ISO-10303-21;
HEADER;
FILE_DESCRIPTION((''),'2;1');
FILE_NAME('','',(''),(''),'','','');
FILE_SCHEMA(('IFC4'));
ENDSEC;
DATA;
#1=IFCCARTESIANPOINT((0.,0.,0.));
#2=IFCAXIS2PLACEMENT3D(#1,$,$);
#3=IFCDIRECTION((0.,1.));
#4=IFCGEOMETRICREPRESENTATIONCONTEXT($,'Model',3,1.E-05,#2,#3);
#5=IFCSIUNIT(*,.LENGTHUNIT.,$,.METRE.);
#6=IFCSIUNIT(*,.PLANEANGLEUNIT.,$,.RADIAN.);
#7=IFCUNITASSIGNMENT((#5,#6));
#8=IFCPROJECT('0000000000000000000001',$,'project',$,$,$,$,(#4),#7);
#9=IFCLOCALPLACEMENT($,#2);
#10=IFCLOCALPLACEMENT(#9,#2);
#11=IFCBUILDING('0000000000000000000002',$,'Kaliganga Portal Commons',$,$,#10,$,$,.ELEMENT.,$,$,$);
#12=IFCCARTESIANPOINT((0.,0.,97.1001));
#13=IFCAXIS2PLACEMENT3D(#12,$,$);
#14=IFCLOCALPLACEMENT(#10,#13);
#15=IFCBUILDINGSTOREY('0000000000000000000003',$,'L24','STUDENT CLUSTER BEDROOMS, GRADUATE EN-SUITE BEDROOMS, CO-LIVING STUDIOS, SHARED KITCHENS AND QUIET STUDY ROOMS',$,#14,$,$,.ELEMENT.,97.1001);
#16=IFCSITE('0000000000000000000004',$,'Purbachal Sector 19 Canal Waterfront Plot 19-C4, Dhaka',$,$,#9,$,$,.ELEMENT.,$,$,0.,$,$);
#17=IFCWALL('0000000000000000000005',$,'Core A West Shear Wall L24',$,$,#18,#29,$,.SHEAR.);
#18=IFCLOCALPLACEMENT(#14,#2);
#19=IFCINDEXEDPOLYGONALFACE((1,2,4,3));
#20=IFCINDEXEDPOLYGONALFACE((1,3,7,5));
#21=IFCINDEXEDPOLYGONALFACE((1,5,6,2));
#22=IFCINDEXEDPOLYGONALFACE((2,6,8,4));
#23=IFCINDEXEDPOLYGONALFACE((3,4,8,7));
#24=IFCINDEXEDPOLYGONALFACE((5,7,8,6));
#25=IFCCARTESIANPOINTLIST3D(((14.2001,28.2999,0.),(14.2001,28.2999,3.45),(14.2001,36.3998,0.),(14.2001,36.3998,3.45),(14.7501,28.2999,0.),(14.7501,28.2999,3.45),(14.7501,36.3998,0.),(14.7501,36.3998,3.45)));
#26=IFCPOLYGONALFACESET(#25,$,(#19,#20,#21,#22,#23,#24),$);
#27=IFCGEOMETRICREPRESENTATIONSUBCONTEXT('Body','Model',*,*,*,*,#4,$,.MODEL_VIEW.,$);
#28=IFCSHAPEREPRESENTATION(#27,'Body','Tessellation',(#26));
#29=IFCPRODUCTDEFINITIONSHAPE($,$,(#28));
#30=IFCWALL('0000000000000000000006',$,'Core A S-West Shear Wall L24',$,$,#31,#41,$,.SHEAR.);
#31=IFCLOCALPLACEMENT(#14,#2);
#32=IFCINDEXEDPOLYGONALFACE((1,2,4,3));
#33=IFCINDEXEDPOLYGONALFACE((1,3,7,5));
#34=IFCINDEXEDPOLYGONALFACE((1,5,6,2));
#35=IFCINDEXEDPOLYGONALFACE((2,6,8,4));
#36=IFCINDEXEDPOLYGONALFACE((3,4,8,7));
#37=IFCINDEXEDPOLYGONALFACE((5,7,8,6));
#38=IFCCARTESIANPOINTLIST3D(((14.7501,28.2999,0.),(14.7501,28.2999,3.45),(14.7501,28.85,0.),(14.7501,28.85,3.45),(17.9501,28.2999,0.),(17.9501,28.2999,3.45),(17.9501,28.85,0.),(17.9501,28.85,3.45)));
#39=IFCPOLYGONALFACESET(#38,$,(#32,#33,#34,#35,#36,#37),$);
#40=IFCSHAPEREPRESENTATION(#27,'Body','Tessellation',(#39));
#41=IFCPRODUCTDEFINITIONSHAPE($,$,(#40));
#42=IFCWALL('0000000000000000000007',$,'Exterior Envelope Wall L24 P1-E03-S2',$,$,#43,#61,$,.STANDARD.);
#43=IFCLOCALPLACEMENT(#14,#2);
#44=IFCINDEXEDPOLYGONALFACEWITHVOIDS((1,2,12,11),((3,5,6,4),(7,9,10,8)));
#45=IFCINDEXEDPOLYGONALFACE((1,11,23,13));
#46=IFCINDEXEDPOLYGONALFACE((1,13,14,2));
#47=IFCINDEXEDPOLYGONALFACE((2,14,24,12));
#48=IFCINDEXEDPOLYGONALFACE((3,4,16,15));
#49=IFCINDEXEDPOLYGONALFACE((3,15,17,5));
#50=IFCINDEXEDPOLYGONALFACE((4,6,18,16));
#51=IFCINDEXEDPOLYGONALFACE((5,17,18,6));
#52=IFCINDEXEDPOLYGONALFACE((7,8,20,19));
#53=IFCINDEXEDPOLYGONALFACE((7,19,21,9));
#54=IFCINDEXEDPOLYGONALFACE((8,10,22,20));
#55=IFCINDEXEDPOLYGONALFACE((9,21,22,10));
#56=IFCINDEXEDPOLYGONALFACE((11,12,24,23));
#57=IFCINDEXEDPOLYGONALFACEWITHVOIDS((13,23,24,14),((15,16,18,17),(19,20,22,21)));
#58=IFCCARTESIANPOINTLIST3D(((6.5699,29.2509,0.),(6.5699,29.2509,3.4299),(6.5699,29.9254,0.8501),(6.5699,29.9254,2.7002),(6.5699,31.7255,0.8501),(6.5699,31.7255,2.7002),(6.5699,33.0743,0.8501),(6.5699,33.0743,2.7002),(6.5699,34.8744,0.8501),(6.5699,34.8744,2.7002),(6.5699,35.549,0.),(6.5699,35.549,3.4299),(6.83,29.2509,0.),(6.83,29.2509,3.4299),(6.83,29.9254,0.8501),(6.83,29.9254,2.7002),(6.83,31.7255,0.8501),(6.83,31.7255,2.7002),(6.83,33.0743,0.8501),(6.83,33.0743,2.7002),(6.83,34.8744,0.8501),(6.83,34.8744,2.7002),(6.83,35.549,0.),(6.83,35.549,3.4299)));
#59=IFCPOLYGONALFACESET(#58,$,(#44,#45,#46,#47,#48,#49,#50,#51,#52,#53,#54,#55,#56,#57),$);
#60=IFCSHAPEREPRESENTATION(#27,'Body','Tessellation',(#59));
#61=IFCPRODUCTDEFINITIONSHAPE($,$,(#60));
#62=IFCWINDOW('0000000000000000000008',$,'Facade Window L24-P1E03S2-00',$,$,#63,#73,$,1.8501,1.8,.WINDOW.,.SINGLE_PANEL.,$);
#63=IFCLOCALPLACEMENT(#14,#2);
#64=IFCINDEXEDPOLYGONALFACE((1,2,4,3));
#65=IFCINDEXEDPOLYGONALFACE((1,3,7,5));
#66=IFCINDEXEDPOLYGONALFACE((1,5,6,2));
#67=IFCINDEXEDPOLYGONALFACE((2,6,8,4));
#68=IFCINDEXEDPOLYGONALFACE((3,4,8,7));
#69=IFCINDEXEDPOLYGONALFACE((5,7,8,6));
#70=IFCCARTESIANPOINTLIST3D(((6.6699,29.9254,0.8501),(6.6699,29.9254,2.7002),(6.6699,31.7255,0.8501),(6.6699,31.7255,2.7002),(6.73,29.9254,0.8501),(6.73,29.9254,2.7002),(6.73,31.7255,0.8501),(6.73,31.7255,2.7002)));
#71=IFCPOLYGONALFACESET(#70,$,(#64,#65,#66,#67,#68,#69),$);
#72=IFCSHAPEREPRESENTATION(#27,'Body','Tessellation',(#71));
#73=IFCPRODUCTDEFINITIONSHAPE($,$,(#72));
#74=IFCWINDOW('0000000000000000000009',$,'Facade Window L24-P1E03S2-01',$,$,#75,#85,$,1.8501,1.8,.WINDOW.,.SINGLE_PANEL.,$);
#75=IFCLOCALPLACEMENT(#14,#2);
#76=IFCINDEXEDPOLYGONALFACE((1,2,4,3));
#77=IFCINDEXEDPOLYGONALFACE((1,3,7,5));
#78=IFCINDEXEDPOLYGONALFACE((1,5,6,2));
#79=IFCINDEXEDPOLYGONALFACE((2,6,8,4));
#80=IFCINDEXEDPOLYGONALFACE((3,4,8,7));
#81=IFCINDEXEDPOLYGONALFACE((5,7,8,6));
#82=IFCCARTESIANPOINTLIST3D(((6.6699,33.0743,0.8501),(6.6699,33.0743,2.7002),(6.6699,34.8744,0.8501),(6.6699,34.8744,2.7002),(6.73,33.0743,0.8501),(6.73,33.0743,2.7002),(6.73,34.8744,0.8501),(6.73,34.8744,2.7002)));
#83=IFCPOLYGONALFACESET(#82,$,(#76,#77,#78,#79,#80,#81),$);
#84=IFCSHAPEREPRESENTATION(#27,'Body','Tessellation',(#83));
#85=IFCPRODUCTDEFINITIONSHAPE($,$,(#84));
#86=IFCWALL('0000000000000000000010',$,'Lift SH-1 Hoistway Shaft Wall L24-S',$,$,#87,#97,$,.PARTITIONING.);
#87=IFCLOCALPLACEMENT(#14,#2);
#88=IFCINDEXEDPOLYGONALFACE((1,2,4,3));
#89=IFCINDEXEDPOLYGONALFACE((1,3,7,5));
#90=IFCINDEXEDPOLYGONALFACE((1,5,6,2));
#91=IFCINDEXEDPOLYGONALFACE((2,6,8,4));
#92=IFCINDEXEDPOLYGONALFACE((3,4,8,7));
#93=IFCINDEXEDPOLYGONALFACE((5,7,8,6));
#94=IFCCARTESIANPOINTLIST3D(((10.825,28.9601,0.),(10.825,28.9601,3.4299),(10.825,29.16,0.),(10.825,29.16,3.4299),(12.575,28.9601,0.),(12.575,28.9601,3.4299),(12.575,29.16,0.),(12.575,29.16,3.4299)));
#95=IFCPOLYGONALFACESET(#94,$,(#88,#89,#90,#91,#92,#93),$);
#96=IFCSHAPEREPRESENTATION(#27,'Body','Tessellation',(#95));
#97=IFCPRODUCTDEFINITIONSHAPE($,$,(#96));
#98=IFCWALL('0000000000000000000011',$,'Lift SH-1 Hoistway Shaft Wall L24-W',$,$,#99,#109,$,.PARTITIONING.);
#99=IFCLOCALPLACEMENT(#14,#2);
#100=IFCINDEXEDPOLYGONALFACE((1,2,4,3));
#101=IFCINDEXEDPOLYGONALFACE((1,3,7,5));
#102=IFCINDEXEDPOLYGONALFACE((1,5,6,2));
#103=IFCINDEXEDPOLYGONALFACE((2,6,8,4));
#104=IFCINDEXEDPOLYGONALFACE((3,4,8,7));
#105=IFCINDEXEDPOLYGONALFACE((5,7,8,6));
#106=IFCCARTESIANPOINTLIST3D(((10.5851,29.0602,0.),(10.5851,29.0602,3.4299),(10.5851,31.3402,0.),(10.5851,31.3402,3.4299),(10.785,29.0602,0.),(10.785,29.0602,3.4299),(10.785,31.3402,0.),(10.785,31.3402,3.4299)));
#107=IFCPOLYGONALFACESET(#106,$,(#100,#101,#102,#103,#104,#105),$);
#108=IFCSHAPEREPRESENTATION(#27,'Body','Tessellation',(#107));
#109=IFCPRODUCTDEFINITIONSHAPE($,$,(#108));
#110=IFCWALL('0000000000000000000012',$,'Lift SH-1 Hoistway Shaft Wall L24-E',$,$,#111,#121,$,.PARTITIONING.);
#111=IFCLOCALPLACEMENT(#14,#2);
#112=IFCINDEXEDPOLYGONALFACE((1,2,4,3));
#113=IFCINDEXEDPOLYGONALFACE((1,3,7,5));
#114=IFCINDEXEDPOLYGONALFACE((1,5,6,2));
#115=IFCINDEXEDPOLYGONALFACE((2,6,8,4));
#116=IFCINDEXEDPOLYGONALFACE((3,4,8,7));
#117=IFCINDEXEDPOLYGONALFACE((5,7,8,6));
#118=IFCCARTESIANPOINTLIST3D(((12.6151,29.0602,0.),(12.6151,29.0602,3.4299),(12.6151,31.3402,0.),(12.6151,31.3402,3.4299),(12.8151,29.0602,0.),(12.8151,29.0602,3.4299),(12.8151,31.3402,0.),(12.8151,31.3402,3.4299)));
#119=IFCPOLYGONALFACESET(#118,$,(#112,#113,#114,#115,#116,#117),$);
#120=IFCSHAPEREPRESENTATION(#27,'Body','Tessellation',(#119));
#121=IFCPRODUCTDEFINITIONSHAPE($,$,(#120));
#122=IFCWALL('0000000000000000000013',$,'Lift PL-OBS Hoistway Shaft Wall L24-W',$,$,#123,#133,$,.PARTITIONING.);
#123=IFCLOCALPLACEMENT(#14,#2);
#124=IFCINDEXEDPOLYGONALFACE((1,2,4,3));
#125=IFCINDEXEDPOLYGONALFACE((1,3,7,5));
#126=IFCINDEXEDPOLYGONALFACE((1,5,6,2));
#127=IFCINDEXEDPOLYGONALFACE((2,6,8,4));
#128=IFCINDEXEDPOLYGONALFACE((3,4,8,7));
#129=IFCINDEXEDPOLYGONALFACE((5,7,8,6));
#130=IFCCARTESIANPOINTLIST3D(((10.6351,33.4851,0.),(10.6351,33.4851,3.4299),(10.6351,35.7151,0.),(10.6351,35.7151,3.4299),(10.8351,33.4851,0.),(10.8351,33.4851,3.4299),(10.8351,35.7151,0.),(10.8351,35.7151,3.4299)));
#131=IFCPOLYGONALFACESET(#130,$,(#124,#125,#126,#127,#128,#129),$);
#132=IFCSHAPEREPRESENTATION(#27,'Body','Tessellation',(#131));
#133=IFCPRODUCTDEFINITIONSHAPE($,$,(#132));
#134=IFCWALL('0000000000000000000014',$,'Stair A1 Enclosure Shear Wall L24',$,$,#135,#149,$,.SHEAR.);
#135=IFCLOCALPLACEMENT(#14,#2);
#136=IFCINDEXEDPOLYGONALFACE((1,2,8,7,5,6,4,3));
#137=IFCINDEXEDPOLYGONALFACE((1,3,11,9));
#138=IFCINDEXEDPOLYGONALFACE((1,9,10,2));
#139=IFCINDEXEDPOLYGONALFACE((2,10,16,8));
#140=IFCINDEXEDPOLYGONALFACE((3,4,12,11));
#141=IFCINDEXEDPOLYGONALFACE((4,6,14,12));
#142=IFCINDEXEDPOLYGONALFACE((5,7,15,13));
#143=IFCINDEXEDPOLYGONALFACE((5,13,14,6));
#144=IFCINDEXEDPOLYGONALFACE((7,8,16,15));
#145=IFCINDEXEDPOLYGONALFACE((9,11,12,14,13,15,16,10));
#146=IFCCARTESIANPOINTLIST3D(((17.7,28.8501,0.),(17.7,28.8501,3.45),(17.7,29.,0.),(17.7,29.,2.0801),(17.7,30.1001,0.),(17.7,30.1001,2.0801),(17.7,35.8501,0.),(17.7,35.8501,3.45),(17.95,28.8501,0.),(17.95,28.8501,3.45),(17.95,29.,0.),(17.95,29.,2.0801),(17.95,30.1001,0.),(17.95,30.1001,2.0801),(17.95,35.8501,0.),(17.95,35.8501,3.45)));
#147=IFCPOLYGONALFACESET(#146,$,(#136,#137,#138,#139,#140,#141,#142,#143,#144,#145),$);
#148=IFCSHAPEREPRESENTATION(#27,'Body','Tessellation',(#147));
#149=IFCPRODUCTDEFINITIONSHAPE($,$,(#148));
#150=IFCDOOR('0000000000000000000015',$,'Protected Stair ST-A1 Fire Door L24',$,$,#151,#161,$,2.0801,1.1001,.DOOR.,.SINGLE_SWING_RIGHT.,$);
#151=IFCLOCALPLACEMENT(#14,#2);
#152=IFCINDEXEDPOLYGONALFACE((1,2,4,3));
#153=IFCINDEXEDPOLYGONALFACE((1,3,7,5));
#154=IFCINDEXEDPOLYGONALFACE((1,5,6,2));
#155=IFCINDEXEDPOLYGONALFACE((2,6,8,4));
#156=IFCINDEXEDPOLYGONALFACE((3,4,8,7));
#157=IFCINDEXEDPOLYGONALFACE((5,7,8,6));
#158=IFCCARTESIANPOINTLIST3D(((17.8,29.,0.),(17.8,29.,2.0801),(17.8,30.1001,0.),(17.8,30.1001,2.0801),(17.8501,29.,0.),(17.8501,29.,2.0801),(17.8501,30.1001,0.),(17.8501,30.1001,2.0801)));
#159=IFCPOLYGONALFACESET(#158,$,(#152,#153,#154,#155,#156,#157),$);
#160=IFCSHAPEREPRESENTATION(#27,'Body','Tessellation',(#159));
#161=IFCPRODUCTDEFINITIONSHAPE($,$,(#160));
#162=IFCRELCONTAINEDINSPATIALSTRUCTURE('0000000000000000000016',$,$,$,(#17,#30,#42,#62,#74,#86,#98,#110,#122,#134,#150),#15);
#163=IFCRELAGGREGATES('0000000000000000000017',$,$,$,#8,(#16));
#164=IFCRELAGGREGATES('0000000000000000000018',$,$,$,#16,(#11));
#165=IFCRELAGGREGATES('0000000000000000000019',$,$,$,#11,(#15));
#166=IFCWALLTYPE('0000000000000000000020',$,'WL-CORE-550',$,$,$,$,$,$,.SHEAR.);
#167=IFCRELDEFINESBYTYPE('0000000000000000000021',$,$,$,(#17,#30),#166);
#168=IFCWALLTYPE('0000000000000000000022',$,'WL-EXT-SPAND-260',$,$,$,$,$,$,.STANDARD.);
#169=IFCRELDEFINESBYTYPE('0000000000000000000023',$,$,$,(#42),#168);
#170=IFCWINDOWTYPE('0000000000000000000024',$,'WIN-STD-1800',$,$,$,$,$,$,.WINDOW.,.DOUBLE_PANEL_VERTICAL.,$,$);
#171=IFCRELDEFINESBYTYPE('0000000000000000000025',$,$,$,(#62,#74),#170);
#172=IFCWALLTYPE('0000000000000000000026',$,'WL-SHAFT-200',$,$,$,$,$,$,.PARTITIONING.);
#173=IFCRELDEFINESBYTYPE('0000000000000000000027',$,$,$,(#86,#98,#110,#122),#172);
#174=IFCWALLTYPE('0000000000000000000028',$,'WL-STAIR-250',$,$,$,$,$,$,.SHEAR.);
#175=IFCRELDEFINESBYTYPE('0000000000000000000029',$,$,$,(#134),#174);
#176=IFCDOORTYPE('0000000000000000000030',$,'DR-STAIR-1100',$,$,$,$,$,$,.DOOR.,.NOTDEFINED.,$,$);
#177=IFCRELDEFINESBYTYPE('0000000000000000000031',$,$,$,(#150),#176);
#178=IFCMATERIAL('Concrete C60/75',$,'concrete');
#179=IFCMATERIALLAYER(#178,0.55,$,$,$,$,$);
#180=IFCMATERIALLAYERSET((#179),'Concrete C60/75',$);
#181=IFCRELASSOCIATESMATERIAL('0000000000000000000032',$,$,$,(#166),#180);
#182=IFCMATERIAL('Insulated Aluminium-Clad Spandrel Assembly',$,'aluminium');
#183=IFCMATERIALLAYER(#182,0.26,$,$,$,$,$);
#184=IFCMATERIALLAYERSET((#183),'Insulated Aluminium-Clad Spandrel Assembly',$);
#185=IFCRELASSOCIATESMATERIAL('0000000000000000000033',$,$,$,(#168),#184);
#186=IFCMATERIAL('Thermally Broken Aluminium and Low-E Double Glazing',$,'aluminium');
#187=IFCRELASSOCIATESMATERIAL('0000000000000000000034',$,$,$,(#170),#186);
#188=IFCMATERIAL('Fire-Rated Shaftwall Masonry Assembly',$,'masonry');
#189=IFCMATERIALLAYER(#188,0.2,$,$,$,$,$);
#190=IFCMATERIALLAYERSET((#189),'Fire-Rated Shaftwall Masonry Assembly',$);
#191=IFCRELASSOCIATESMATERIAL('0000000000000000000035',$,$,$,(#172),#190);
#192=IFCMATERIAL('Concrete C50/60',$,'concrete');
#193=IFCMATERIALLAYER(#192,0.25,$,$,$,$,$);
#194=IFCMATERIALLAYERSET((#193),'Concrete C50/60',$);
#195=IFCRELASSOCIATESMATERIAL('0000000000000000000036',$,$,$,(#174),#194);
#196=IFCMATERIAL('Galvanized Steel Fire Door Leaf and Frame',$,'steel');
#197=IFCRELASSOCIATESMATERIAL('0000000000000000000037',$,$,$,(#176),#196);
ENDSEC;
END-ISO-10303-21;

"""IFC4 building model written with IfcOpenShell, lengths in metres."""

from ifc_helpers import new_model, si_unit, direction, frame, frame_2d, origin, place, context, subcontext, project, spatial, rectangle, extrude, material, layer, layer_set, type_object, element, fill, save


model = new_model("IFC4")

# Units and contexts
model_context = context("Model", 3, precision=1e-05, world=origin(), true_north=direction((0.0, 1.0)))
body_context = subcontext(model_context, "Body", "Model", "MODEL_VIEW")
ifc_project = project(units=[si_unit("LENGTHUNIT", "METRE"), si_unit("PLANEANGLEUNIT", "RADIAN")], contexts=[model_context])

# Site, building, storey
site_placement = place(None, origin())
site = spatial("IfcSite", under=ifc_project, at=site_placement, Name="Purbachal Sector 19 Canal Waterfront Plot 19-C4, Dhaka", CompositionType="ELEMENT", RefElevation=0.0)
building_placement = place(site_placement, origin())
building = spatial("IfcBuilding", under=site, at=building_placement, Name="Kaliganga Portal Commons", CompositionType="ELEMENT")
storey_placement = place(building_placement, frame((0.0, 0.0, 97.1001)))
storey = spatial("IfcBuildingStorey", under=building, at=storey_placement, Name="L24", Description="STUDENT CLUSTER BEDROOMS, GRADUATE EN-SUITE BEDROOMS, CO-LIVING STUDIOS, SHARED KITCHENS AND QUIET STUDY ROOMS", CompositionType="ELEMENT", Elevation=97.1001)

# Shared definitions
ifc_material_1 = material(Name="Concrete C60/75", Category="concrete")

# Shared definitions
ifc_material_2 = material(Name="Concrete C50/60", Category="concrete")

# Walls
ifc_layer_1 = layer(ifc_material_1, 0.55)
ifc_layer_set_1 = layer_set([ifc_layer_1], Name="Concrete C60/75")
wall_type_1 = type_object("IfcWallType", Name="WL-CORE-550", PredefinedType="SHEAR", material=ifc_layer_set_1)
wall_1_placement = place(storey_placement, frame((14.4751, 28.3, 0.0), z_axis=(0.0, 0.0, 1.0), x_axis=(0.0, 1.0, 0.0)))
element("IfcWall", 1, at=wall_1_placement, inside=storey, type_object=wall_type_1, Name="Core A West Shear Wall L24", PredefinedType="SHEAR", context=body_context, shape_type="SweptSolid", body=[
    extrude(rectangle(XDim=8.0999, YDim=0.55, at=frame_2d((4.0498, 0.0))), origin(), (0.0, 0.0, 1.0), 3.45),
])
wall_2_placement = place(storey_placement, frame((14.75, 28.575, 0.0), z_axis=(0.0, 0.0, 1.0), x_axis=(1.0, 0.0, 0.0)))
element("IfcWall", 2, at=wall_2_placement, inside=storey, type_object=wall_type_1, Name="Core A S-West Shear Wall L24", PredefinedType="SHEAR", context=body_context, shape_type="SweptSolid", body=[
    extrude(rectangle(XDim=3.2, YDim=0.55, at=frame_2d((1.6001, 0.0))), origin(), (0.0, 0.0, 1.0), 3.45),
])

# Wall, openings, windows
ifc_material_3 = material(Name="Insulated Aluminium-Clad Spandrel Assembly", Category="aluminium")
ifc_layer_2 = layer(ifc_material_3, 0.26)
ifc_layer_set_2 = layer_set([ifc_layer_2], Name="Insulated Aluminium-Clad Spandrel Assembly")
wall_type_2 = type_object("IfcWallType", Name="WL-EXT-SPAND-260", PredefinedType="STANDARD", material=ifc_layer_set_2)
wall_3_placement = place(storey_placement, frame((6.7, 29.251, 0.0), z_axis=(0.0, 0.0, 1.0), x_axis=(0.0, 1.0, 0.0)))
wall_3 = element("IfcWall", 3, at=wall_3_placement, inside=storey, type_object=wall_type_2, Name="Exterior Envelope Wall L24 P1-E03-S2", PredefinedType="STANDARD", context=body_context, shape_type="SweptSolid", body=[
    extrude(rectangle(XDim=6.2981, YDim=0.26, at=frame_2d((3.1489, 0.0))), origin(), (0.0, 0.0, 1.0), 3.4299),
])
opening_1_placement = place(wall_3_placement, frame((0.6746, 0.0, 0.8501)))
opening_1 = element("IfcOpeningElement", 4, at=opening_1_placement, cuts=wall_3, PredefinedType="OPENING", context=body_context, shape_type="SweptSolid", body=[
    extrude(rectangle(XDim=1.8, YDim=1.8501, at=frame_2d((0.8999, 0.925))), frame((0.0, 0.1401, 0.0), z_axis=(0.0, -1.0, 0.0), x_axis=(1.0, 0.0, 0.0)), (0.0, 0.0, 1.0), 0.28),
])
opening_2_placement = place(wall_3_placement, frame((3.8235, 0.0, 0.8501)))
opening_2 = element("IfcOpeningElement", 5, at=opening_2_placement, cuts=wall_3, PredefinedType="OPENING", context=body_context, shape_type="SweptSolid", body=[
    extrude(rectangle(XDim=1.8, YDim=1.8501, at=frame_2d((0.8999, 0.925))), frame((0.0, 0.1401, 0.0), z_axis=(0.0, -1.0, 0.0), x_axis=(1.0, 0.0, 0.0)), (0.0, 0.0, 1.0), 0.28),
])
ifc_material_4 = material(Name="Thermally Broken Aluminium and Low-E Double Glazing", Category="aluminium")
window_type = type_object("IfcWindowType", Name="WIN-STD-1800", PartitioningType="DOUBLE_PANEL_VERTICAL", PredefinedType="WINDOW", material=ifc_material_4)
window_1_placement = place(opening_1_placement, origin())
window_1 = element("IfcWindow", 6, at=window_1_placement, inside=storey, type_object=window_type, Name="Facade Window L24-P1E03S2-00", OverallHeight=1.8501, OverallWidth=1.8, PartitioningType="SINGLE_PANEL", PredefinedType="WINDOW", context=body_context, shape_type="SweptSolid", body=[
    extrude(rectangle(XDim=1.8, YDim=1.8501, at=frame_2d((0.8999, 0.925))), frame((0.0, 0.03, 0.0), z_axis=(0.0, -1.0, 0.0), x_axis=(1.0, 0.0, 0.0)), (0.0, 0.0, 1.0), 0.0601),
])
fill(opening_1, window_1)
window_2_placement = place(opening_2_placement, origin())
window_2 = element("IfcWindow", 7, at=window_2_placement, inside=storey, type_object=window_type, Name="Facade Window L24-P1E03S2-01", OverallHeight=1.8501, OverallWidth=1.8, PartitioningType="SINGLE_PANEL", PredefinedType="WINDOW", context=body_context, shape_type="SweptSolid", body=[
    extrude(rectangle(XDim=1.8, YDim=1.8501, at=frame_2d((0.8999, 0.925))), frame((0.0, 0.03, 0.0), z_axis=(0.0, -1.0, 0.0), x_axis=(1.0, 0.0, 0.0)), (0.0, 0.0, 1.0), 0.0601),
])
fill(opening_2, window_2)

# Wall
ifc_material_5 = material(Name="Fire-Rated Shaftwall Masonry Assembly", Category="masonry")
ifc_layer_3 = layer(ifc_material_5, 0.2)
ifc_layer_set_3 = layer_set([ifc_layer_3], Name="Fire-Rated Shaftwall Masonry Assembly")
wall_type_3 = type_object("IfcWallType", Name="WL-SHAFT-200", PredefinedType="PARTITIONING", material=ifc_layer_set_3)
wall_4_placement = place(storey_placement, frame((10.825, 29.0601, 0.0), z_axis=(0.0, 0.0, 1.0), x_axis=(1.0, 0.0, 0.0)))
element("IfcWall", 8, at=wall_4_placement, inside=storey, type_object=wall_type_3, Name="Lift SH-1 Hoistway Shaft Wall L24-S", PredefinedType="PARTITIONING", context=body_context, shape_type="SweptSolid", body=[
    extrude(rectangle(XDim=1.75, YDim=0.2, at=frame_2d((0.875, 0.0))), origin(), (0.0, 0.0, 1.0), 3.4299),
])

# Walls
for number, where, z_axis, x_axis, name in (
    (9, (10.6851, 29.0601, 0.0), (0.0, 0.0, 1.0), (0.0, 1.0, 0.0), "Lift SH-1 Hoistway Shaft Wall L24-W"),
    (10, (12.7151, 29.0601, 0.0), (0.0, 0.0, 1.0), (0.0, 1.0, 0.0), "Lift SH-1 Hoistway Shaft Wall L24-E"),
):
    element("IfcWall", number, at=place(storey_placement, frame(where, z_axis=z_axis, x_axis=x_axis)), inside=storey, type_object=wall_type_3, Name=name, PredefinedType="PARTITIONING", context=body_context, shape_type="SweptSolid", body=[
        extrude(rectangle(XDim=2.28, YDim=0.2, at=frame_2d((1.1401, 0.0))), origin(), (0.0, 0.0, 1.0), 3.4299),
    ])
wall_5_placement = place(storey_placement, frame((10.7351, 33.4851, 0.0), z_axis=(0.0, 0.0, 1.0), x_axis=(0.0, 1.0, 0.0)))
element("IfcWall", 11, at=wall_5_placement, inside=storey, type_object=wall_type_3, Name="Lift PL-OBS Hoistway Shaft Wall L24-W", PredefinedType="PARTITIONING", context=body_context, shape_type="SweptSolid", body=[
    extrude(rectangle(XDim=2.23, YDim=0.2, at=frame_2d((1.115, 0.0))), origin(), (0.0, 0.0, 1.0), 3.4299),
])

# Wall, opening, door
ifc_layer_4 = layer(ifc_material_2, 0.25)
ifc_layer_set_4 = layer_set([ifc_layer_4], Name="Concrete C50/60")
wall_type_4 = type_object("IfcWallType", Name="WL-STAIR-250", PredefinedType="SHEAR", material=ifc_layer_set_4)
wall_6_placement = place(storey_placement, frame((17.825, 28.8501, 0.0), z_axis=(0.0, 0.0, 1.0), x_axis=(0.0, 1.0, 0.0)))
wall_6 = element("IfcWall", 12, at=wall_6_placement, inside=storey, type_object=wall_type_4, Name="Stair A1 Enclosure Shear Wall L24", PredefinedType="SHEAR", context=body_context, shape_type="SweptSolid", body=[
    extrude(rectangle(XDim=7.0, YDim=0.25, at=frame_2d((3.5, 0.0))), origin(), (0.0, 0.0, 1.0), 3.45),
])
opening_3_placement = place(wall_6_placement, frame((0.1499, 0.0, 0.0)))
opening_3 = element("IfcOpeningElement", 13, at=opening_3_placement, cuts=wall_6, PredefinedType="OPENING", context=body_context, shape_type="SweptSolid", body=[
    extrude(rectangle(XDim=1.1001, YDim=2.0801, at=frame_2d((0.55, 1.04))), frame((0.0, 0.135, 0.0), z_axis=(0.0, -1.0, 0.0), x_axis=(1.0, 0.0, 0.0)), (0.0, 0.0, 1.0), 0.27),
])
ifc_material_6 = material(Name="Galvanized Steel Fire Door Leaf and Frame", Category="steel")
door_type_1 = type_object("IfcDoorType", Name="DR-STAIR-1100", OperationType="NOTDEFINED", PredefinedType="DOOR", material=ifc_material_6)
door_1_placement = place(opening_3_placement, origin())
door_1 = element("IfcDoor", 14, at=door_1_placement, inside=storey, type_object=door_type_1, Name="Protected Stair ST-A1 Fire Door L24", OperationType="SINGLE_SWING_RIGHT", OverallHeight=2.0801, OverallWidth=1.1001, PredefinedType="DOOR", context=body_context, shape_type="SweptSolid", body=[
    extrude(rectangle(XDim=1.1001, YDim=2.0801, at=frame_2d((0.55, 1.04))), frame((0.0, 0.0249, 0.0), z_axis=(0.0, -1.0, 0.0), x_axis=(1.0, 0.0, 0.0)), (0.0, 0.0, 1.0), 0.05),
])
fill(opening_3, door_1)

save(model, "model.ifc")
